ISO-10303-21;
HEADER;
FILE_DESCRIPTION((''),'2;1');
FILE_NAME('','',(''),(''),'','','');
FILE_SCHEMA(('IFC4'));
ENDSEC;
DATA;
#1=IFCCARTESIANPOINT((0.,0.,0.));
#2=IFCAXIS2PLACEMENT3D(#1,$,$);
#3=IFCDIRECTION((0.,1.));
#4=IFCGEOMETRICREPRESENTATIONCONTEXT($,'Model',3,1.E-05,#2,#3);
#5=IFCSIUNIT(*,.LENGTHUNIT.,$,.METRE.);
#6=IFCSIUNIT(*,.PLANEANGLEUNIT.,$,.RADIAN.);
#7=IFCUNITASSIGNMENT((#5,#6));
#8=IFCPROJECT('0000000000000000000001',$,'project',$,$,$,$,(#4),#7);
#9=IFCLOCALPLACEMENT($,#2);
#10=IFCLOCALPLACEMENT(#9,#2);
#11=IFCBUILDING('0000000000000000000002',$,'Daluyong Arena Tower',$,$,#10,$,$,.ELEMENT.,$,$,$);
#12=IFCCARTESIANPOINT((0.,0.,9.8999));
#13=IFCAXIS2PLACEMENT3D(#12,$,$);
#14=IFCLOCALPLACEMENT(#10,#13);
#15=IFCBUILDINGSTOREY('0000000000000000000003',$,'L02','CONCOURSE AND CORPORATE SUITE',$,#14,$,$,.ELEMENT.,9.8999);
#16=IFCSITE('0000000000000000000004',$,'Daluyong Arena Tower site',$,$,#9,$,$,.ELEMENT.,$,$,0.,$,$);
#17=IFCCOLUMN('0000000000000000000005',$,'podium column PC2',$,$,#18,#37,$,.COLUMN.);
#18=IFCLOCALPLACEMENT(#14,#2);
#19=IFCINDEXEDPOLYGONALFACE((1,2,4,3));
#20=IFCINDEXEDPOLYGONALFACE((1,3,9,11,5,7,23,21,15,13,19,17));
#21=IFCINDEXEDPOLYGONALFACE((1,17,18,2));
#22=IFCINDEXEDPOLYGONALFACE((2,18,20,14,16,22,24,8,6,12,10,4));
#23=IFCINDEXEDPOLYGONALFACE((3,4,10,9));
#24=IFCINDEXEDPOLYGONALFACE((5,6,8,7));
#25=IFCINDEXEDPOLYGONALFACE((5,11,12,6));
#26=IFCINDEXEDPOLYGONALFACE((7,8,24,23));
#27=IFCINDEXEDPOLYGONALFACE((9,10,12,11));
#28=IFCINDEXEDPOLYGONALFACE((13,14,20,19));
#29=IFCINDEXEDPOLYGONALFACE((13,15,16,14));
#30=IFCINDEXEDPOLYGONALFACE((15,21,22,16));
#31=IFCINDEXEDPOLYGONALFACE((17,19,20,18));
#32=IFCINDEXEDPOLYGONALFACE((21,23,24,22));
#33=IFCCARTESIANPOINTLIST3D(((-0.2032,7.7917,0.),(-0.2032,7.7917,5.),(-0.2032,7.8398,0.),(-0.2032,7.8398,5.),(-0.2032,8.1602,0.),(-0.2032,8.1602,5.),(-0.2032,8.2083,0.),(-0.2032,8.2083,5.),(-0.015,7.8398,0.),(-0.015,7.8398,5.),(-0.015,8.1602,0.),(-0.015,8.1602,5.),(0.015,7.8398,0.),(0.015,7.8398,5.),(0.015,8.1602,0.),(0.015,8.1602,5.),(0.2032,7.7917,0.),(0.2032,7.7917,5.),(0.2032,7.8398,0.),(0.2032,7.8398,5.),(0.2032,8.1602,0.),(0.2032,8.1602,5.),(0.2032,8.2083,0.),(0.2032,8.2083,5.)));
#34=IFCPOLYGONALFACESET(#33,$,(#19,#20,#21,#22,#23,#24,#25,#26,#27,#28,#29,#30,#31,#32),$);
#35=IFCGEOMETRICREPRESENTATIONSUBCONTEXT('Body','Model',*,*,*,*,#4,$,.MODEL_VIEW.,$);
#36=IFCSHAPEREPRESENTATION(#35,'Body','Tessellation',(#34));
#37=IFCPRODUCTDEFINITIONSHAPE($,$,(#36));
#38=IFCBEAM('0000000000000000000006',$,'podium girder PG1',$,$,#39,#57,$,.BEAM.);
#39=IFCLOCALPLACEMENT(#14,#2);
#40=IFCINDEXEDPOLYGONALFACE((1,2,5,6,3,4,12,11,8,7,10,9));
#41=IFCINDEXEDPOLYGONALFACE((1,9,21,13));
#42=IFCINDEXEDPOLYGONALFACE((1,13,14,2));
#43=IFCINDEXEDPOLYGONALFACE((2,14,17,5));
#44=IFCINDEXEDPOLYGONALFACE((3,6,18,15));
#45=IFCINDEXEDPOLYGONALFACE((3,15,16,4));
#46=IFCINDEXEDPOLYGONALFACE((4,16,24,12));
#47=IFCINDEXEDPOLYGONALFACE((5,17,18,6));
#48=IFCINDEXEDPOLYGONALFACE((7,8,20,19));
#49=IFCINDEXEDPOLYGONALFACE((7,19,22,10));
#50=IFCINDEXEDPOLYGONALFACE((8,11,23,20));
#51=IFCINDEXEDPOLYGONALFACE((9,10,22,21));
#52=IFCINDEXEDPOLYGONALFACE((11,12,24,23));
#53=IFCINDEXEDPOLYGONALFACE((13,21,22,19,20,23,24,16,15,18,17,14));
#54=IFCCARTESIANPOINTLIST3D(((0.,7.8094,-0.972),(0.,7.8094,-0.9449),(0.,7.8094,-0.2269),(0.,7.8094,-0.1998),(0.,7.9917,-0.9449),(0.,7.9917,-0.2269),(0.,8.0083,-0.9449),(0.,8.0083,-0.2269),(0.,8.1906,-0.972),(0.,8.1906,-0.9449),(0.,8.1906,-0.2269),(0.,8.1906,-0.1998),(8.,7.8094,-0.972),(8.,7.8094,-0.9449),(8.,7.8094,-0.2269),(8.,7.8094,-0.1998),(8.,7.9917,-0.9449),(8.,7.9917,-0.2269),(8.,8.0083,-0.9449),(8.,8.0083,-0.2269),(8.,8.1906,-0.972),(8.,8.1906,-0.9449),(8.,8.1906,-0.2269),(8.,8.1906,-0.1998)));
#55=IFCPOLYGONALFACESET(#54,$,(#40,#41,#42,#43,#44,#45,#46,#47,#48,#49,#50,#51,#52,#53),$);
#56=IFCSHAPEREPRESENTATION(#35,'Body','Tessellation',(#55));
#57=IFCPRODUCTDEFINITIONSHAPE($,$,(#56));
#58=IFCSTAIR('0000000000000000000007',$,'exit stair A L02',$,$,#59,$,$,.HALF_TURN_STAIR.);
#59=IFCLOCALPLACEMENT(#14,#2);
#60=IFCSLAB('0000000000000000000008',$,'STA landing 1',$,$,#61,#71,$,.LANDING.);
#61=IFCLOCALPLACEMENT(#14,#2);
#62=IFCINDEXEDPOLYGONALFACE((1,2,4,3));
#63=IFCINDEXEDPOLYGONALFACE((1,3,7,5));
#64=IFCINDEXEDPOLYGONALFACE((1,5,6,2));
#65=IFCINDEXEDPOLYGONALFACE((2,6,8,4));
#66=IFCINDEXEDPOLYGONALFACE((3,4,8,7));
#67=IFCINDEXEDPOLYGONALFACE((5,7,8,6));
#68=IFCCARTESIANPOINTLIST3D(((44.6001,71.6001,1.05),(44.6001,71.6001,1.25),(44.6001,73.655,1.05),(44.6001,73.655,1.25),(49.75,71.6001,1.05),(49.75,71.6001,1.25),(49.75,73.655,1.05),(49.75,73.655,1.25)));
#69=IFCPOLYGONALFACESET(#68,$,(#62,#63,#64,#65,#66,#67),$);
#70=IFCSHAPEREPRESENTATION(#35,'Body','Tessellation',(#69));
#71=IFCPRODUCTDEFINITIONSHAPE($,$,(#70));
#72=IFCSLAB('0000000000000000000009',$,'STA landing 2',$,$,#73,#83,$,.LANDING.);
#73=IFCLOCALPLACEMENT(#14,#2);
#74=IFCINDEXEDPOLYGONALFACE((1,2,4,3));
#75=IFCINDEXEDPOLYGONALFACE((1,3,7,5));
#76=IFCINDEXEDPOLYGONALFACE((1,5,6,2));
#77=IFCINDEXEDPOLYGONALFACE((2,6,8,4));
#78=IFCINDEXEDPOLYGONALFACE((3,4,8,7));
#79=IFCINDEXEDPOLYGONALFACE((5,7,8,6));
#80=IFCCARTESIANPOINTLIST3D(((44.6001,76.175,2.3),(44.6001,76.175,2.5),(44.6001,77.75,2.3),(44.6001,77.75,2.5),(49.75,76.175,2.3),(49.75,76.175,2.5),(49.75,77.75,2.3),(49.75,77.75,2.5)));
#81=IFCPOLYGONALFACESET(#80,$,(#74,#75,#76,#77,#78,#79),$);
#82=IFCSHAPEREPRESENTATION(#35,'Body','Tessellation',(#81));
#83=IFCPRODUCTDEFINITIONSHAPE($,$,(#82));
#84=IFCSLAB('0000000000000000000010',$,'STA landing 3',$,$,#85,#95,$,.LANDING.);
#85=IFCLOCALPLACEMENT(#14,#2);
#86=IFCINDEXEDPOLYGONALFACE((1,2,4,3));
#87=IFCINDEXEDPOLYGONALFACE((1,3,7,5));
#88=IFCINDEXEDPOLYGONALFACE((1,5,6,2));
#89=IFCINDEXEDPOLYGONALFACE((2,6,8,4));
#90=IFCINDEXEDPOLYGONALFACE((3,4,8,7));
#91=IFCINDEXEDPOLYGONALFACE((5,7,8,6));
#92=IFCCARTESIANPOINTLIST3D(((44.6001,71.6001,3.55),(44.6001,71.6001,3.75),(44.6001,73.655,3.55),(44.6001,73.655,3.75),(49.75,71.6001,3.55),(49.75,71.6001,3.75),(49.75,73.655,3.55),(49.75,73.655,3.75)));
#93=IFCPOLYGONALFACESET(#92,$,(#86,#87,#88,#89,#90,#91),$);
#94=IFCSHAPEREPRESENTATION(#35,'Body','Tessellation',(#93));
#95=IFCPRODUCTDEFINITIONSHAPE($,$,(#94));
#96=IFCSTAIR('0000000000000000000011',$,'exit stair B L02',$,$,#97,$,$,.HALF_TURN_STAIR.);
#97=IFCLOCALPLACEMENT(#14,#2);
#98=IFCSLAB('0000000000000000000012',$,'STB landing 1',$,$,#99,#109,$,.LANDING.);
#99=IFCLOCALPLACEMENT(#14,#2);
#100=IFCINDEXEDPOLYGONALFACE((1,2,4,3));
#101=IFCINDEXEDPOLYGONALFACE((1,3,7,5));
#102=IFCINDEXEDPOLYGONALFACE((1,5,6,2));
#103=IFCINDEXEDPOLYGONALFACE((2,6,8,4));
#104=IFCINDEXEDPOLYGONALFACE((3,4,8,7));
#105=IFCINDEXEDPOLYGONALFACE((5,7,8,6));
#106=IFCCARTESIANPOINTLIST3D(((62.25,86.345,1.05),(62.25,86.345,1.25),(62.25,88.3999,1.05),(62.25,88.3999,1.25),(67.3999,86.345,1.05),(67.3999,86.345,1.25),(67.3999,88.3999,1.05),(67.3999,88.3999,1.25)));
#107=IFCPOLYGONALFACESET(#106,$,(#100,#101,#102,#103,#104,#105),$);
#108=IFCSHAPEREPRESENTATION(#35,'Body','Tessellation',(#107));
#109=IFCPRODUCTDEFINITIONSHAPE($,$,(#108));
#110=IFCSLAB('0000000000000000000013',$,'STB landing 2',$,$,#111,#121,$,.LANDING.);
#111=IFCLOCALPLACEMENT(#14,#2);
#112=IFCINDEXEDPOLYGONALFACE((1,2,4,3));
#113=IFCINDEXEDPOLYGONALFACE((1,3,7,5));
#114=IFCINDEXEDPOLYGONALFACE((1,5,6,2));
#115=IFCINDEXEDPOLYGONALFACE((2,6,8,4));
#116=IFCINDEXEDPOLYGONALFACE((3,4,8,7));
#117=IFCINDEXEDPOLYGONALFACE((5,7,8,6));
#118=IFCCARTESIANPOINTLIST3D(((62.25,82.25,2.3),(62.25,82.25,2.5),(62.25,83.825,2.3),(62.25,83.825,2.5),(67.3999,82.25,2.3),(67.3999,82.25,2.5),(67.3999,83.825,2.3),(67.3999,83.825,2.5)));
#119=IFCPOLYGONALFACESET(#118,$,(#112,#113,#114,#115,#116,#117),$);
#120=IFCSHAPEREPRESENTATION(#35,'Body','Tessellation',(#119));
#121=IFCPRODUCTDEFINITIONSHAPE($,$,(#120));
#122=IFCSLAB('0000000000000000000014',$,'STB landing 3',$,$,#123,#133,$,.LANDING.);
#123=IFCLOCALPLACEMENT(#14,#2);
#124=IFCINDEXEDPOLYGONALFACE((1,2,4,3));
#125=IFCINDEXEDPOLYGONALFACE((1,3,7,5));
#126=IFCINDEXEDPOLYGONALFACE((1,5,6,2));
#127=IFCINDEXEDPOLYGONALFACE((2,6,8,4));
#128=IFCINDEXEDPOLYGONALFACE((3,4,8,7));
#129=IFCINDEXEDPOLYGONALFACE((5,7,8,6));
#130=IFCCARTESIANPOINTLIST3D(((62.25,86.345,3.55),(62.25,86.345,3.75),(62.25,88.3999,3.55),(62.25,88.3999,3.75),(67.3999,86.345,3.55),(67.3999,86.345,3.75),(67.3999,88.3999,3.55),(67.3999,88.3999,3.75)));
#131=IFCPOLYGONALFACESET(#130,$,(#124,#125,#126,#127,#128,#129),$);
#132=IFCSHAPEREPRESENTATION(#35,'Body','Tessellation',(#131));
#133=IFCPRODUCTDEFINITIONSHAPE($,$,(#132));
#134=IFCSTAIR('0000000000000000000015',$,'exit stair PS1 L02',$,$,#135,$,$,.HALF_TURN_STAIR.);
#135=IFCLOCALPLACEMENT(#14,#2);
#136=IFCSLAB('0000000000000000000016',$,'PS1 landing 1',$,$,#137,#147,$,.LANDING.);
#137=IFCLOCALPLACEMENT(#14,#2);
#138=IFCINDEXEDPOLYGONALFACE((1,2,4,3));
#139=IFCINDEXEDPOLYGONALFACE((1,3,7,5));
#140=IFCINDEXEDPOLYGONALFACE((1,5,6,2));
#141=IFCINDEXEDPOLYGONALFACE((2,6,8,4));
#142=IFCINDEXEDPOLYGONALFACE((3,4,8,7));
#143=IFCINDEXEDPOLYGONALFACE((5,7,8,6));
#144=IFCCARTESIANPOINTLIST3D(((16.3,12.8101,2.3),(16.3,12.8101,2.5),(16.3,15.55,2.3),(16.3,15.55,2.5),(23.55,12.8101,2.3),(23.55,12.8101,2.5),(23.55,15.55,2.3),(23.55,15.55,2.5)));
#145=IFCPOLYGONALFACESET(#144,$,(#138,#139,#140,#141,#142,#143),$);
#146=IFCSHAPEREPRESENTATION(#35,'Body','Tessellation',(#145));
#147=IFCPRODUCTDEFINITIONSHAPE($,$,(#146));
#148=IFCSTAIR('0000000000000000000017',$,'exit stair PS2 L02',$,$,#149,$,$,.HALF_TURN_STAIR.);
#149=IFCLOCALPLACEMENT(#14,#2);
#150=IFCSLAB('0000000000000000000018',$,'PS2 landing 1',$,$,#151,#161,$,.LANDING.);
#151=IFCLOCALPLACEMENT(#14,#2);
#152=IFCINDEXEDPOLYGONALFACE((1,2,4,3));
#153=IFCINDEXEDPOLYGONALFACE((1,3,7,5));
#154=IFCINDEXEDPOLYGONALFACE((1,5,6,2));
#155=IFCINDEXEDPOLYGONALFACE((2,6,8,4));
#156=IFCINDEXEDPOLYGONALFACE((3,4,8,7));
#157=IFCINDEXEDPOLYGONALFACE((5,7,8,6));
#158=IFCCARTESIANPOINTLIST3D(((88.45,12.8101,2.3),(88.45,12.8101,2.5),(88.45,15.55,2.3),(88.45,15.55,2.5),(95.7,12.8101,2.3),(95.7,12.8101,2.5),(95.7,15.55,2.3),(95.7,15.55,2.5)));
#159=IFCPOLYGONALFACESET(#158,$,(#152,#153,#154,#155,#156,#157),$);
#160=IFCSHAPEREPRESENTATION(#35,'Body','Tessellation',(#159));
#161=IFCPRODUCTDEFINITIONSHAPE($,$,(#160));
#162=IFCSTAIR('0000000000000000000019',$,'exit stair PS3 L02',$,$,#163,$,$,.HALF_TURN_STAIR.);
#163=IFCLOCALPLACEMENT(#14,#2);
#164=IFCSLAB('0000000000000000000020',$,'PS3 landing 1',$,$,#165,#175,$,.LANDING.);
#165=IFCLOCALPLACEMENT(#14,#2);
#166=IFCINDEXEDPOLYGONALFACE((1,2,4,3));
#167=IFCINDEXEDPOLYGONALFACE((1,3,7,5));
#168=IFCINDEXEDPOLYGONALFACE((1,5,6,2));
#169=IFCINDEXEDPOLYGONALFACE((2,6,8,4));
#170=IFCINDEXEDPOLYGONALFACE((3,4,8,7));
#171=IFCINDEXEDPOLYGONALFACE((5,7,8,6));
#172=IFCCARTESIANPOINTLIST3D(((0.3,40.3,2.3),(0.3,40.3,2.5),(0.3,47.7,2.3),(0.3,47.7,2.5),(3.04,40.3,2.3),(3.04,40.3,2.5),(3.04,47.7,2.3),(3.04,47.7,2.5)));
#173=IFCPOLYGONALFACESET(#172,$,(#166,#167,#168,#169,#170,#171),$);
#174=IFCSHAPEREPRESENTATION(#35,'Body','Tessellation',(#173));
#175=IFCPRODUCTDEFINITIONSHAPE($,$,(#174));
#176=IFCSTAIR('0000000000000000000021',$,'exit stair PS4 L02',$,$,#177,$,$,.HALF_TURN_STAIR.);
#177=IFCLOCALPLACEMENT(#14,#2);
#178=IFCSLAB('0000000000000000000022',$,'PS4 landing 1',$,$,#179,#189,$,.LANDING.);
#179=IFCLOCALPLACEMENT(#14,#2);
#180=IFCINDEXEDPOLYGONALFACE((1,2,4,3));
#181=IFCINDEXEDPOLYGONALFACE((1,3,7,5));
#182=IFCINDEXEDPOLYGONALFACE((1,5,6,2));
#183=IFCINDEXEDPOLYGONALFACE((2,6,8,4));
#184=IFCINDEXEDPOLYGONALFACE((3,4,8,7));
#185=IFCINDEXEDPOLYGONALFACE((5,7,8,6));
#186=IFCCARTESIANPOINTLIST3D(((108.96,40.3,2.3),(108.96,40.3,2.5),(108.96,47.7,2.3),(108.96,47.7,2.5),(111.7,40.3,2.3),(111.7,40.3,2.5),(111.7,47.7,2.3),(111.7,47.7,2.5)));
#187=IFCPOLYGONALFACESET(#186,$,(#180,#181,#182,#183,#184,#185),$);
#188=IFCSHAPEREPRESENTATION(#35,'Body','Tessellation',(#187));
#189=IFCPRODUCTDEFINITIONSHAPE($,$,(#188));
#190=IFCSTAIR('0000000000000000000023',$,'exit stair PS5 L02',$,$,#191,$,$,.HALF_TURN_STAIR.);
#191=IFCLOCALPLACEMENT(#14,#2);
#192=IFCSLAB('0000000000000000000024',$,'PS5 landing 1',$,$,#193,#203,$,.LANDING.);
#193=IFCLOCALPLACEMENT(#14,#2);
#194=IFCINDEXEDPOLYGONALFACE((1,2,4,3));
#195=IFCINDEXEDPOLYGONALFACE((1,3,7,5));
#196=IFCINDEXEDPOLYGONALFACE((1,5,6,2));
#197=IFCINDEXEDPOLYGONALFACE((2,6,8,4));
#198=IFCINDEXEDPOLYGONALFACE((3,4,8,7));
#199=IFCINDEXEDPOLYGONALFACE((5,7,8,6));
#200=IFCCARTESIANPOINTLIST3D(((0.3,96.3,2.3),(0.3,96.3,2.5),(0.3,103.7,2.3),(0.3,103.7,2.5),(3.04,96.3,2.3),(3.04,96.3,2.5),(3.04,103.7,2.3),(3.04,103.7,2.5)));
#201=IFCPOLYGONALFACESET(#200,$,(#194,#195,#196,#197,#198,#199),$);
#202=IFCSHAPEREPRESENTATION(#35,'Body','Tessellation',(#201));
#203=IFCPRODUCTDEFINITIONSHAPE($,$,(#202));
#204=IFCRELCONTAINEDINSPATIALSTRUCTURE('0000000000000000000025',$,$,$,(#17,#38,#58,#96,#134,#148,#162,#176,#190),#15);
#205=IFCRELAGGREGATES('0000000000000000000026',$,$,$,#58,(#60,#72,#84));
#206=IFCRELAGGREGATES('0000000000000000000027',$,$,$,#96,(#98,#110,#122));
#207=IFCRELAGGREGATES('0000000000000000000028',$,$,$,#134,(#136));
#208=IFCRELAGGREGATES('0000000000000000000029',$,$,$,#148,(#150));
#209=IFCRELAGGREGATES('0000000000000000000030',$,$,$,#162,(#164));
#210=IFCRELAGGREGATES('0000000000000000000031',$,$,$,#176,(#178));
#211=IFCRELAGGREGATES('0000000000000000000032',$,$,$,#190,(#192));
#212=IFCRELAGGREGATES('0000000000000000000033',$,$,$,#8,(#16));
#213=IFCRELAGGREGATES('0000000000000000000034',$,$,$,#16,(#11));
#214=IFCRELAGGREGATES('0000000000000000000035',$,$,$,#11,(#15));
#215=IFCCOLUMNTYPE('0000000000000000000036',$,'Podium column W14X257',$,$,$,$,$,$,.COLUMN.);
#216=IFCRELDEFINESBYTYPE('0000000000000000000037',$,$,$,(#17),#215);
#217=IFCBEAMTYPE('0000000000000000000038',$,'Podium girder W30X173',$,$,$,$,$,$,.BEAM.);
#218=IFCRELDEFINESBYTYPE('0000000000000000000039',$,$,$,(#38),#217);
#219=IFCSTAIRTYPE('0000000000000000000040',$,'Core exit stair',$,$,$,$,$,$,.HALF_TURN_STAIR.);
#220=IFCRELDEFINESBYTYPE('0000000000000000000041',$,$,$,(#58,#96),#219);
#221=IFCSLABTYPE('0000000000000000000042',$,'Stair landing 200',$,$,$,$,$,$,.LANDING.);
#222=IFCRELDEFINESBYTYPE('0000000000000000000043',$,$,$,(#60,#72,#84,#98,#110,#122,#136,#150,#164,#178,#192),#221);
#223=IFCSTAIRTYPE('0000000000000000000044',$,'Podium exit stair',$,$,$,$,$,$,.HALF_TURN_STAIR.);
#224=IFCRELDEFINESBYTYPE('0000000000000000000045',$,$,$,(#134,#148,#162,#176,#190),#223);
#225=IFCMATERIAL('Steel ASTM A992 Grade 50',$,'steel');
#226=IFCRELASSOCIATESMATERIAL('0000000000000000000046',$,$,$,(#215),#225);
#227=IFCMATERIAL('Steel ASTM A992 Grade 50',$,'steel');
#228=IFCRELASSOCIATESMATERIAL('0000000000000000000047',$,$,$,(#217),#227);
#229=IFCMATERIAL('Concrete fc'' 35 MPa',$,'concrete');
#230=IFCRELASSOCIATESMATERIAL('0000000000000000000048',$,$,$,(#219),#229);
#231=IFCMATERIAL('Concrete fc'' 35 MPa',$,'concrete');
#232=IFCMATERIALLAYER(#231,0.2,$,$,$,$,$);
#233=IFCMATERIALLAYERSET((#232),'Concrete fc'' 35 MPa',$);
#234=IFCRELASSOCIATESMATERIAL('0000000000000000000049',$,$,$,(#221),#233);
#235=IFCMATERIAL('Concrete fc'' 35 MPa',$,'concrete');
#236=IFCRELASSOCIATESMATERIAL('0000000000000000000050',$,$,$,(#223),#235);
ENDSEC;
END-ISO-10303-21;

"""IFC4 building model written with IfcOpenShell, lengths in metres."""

from ifc_helpers import new_model, si_unit, direction, frame, origin, origin_2d, place, context, subcontext, project, spatial, polyline, i_section, outline, extrude, material, layer, layer_set, material_profile, profile_set, type_object, element, aggregate, save


model = new_model("IFC4")

# Units and contexts
model_context = context("Model", 3, precision=1e-05, world=origin(), true_north=direction((0.0, 1.0)))
body_context = subcontext(model_context, "Body", "Model", "MODEL_VIEW")
ifc_project = project(units=[si_unit("LENGTHUNIT", "METRE"), si_unit("PLANEANGLEUNIT", "RADIAN")], contexts=[model_context])

# Site, building, storey
site_placement = place(None, origin())
site = spatial("IfcSite", under=ifc_project, at=site_placement, Name="Daluyong Arena Tower site", CompositionType="ELEMENT", RefElevation=0.0)
building_placement = place(site_placement, origin())
building = spatial("IfcBuilding", under=site, at=building_placement, Name="Daluyong Arena Tower", CompositionType="ELEMENT")
storey_placement = place(building_placement, frame((0.0, 0.0, 9.8999)))
storey = spatial("IfcBuildingStorey", under=building, at=storey_placement, Name="L02", Description="CONCOURSE AND CORPORATE SUITE", CompositionType="ELEMENT", Elevation=9.8999)

# Column
ifc_material_1 = material(Name="Steel ASTM A992 Grade 50", Category="steel")
ifc_material_profile_1 = material_profile(ifc_material_1, i_section(OverallWidth=0.4065, OverallDepth=0.4165, WebThickness=0.03, FlangeThickness=0.0481, at=origin_2d()))
ifc_profile_set_1 = profile_set([ifc_material_profile_1], Name="Steel ASTM A992 Grade 50")
column_type = type_object("IfcColumnType", Name="Podium column W14X257", PredefinedType="COLUMN", material=ifc_profile_set_1)
column_placement = place(storey_placement, frame((0.0, 8.0, 0.0), z_axis=(0.0, 0.0, 1.0), x_axis=(1.0, 0.0, 0.0)))
element("IfcColumn", 1, at=column_placement, inside=storey, type_object=column_type, Name="podium column PC2", PredefinedType="COLUMN", context=body_context, shape_type="SweptSolid", body=[
    extrude(i_section(OverallWidth=0.4065, OverallDepth=0.4165, WebThickness=0.03, FlangeThickness=0.0481, at=origin_2d()), origin(), (0.0, 0.0, 1.0), 5.0),
])

# Beam
ifc_material_2 = material(Name="Steel ASTM A992 Grade 50", Category="steel")
ifc_material_profile_2 = material_profile(ifc_material_2, i_section(OverallWidth=0.3811, OverallDepth=0.7722, WebThickness=0.0166, FlangeThickness=0.0271, at=origin_2d()))
ifc_profile_set_2 = profile_set([ifc_material_profile_2], Name="Steel ASTM A992 Grade 50")
beam_type = type_object("IfcBeamType", Name="Podium girder W30X173", PredefinedType="BEAM", material=ifc_profile_set_2)
beam_placement = place(storey_placement, frame((0.0, 8.0, -0.5859), z_axis=(1.0, 0.0, 0.0), x_axis=(0.0, 1.0, 0.0)))
element("IfcBeam", 2, at=beam_placement, inside=storey, type_object=beam_type, Name="podium girder PG1", PredefinedType="BEAM", context=body_context, shape_type="SweptSolid", body=[
    extrude(i_section(OverallWidth=0.3811, OverallDepth=0.7722, WebThickness=0.0166, FlangeThickness=0.0271, at=origin_2d()), origin(), (0.0, 0.0, 1.0), 8.0),
])

# Stairs, slabs
ifc_material_3 = material(Name="Concrete fc' 35 MPa", Category="concrete")
stair_type_1 = type_object("IfcStairType", Name="Core exit stair", PredefinedType="HALF_TURN_STAIR", material=ifc_material_3)
stair_1_placement = place(storey_placement, origin())
stair_1 = element("IfcStair", 3, at=stair_1_placement, inside=storey, type_object=stair_type_1, Name="exit stair A L02", PredefinedType="HALF_TURN_STAIR")
ifc_material_4 = material(Name="Concrete fc' 35 MPa", Category="concrete")
ifc_layer_1 = layer(ifc_material_4, 0.2)
ifc_layer_set_1 = layer_set([ifc_layer_1], Name="Concrete fc' 35 MPa")
slab_type = type_object("IfcSlabType", Name="Stair landing 200", PredefinedType="LANDING", material=ifc_layer_set_1)
slab_1_placement = place(storey_placement, frame((0.0, 0.0, 1.05)))
slab_1 = element("IfcSlab", 4, at=slab_1_placement, type_object=slab_type, Name="STA landing 1", PredefinedType="LANDING", context=body_context, shape_type="SweptSolid", body=[
    extrude(outline(polyline([(44.6001, 71.6001), (49.75, 71.6001), (49.75, 73.655), (44.6001, 73.655), (44.6001, 71.6001)])), origin(), (0.0, 0.0, 1.0), 0.2),
])
slab_2_placement = place(storey_placement, frame((0.0, 0.0, 2.3)))
slab_2 = element("IfcSlab", 5, at=slab_2_placement, type_object=slab_type, Name="STA landing 2", PredefinedType="LANDING", context=body_context, shape_type="SweptSolid", body=[
    extrude(outline(polyline([(44.6001, 76.175), (49.75, 76.175), (49.75, 77.75), (44.6001, 77.75), (44.6001, 76.175)])), origin(), (0.0, 0.0, 1.0), 0.2),
])
slab_3_placement = place(storey_placement, frame((0.0, 0.0, 3.55)))
slab_3 = element("IfcSlab", 6, at=slab_3_placement, type_object=slab_type, Name="STA landing 3", PredefinedType="LANDING", context=body_context, shape_type="SweptSolid", body=[
    extrude(outline(polyline([(44.6001, 71.6001), (49.75, 71.6001), (49.75, 73.655), (44.6001, 73.655), (44.6001, 71.6001)])), origin(), (0.0, 0.0, 1.0), 0.2),
])
aggregate(stair_1, [slab_1, slab_2, slab_3])
stair_2_placement = place(storey_placement, origin())
stair_2 = element("IfcStair", 7, at=stair_2_placement, inside=storey, type_object=stair_type_1, Name="exit stair B L02", PredefinedType="HALF_TURN_STAIR")
slab_4_placement = place(storey_placement, frame((0.0, 0.0, 1.05)))
slab_4 = element("IfcSlab", 8, at=slab_4_placement, type_object=slab_type, Name="STB landing 1", PredefinedType="LANDING", context=body_context, shape_type="SweptSolid", body=[
    extrude(outline(polyline([(62.25, 86.345), (67.3999, 86.345), (67.3999, 88.3999), (62.25, 88.3999), (62.25, 86.345)])), origin(), (0.0, 0.0, 1.0), 0.2),
])
slab_5_placement = place(storey_placement, frame((0.0, 0.0, 2.3)))
slab_5 = element("IfcSlab", 9, at=slab_5_placement, type_object=slab_type, Name="STB landing 2", PredefinedType="LANDING", context=body_context, shape_type="SweptSolid", body=[
    extrude(outline(polyline([(62.25, 82.25), (67.3999, 82.25), (67.3999, 83.825), (62.25, 83.825), (62.25, 82.25)])), origin(), (0.0, 0.0, 1.0), 0.2),
])
slab_6_placement = place(storey_placement, frame((0.0, 0.0, 3.55)))
slab_6 = element("IfcSlab", 10, at=slab_6_placement, type_object=slab_type, Name="STB landing 3", PredefinedType="LANDING", context=body_context, shape_type="SweptSolid", body=[
    extrude(outline(polyline([(62.25, 86.345), (67.3999, 86.345), (67.3999, 88.3999), (62.25, 88.3999), (62.25, 86.345)])), origin(), (0.0, 0.0, 1.0), 0.2),
])
aggregate(stair_2, [slab_4, slab_5, slab_6])

# Stairs, slabs
ifc_material_5 = material(Name="Concrete fc' 35 MPa", Category="concrete")
stair_type_2 = type_object("IfcStairType", Name="Podium exit stair", PredefinedType="HALF_TURN_STAIR", material=ifc_material_5)
stair_3_placement = place(storey_placement, origin())
stair_3 = element("IfcStair", 11, at=stair_3_placement, inside=storey, type_object=stair_type_2, Name="exit stair PS1 L02", PredefinedType="HALF_TURN_STAIR")
slab_7_placement = place(storey_placement, frame((0.0, 0.0, 2.3)))
slab_7 = element("IfcSlab", 12, at=slab_7_placement, type_object=slab_type, Name="PS1 landing 1", PredefinedType="LANDING", context=body_context, shape_type="SweptSolid", body=[
    extrude(outline(polyline([(16.3, 12.8101), (23.55, 12.8101), (23.55, 15.55), (16.3, 15.55), (16.3, 12.8101)])), origin(), (0.0, 0.0, 1.0), 0.2),
])
aggregate(stair_3, [slab_7])
stair_4_placement = place(storey_placement, origin())
stair_4 = element("IfcStair", 13, at=stair_4_placement, inside=storey, type_object=stair_type_2, Name="exit stair PS2 L02", PredefinedType="HALF_TURN_STAIR")
slab_8_placement = place(storey_placement, frame((0.0, 0.0, 2.3)))
slab_8 = element("IfcSlab", 14, at=slab_8_placement, type_object=slab_type, Name="PS2 landing 1", PredefinedType="LANDING", context=body_context, shape_type="SweptSolid", body=[
    extrude(outline(polyline([(88.45, 12.8101), (95.7, 12.8101), (95.7, 15.55), (88.45, 15.55), (88.45, 12.8101)])), origin(), (0.0, 0.0, 1.0), 0.2),
])
aggregate(stair_4, [slab_8])
stair_5_placement = place(storey_placement, origin())
stair_5 = element("IfcStair", 15, at=stair_5_placement, inside=storey, type_object=stair_type_2, Name="exit stair PS3 L02", PredefinedType="HALF_TURN_STAIR")
slab_9_placement = place(storey_placement, frame((0.0, 0.0, 2.3)))
slab_9 = element("IfcSlab", 16, at=slab_9_placement, type_object=slab_type, Name="PS3 landing 1", PredefinedType="LANDING", context=body_context, shape_type="SweptSolid", body=[
    extrude(outline(polyline([(3.04, 40.3), (3.04, 47.7), (0.3, 47.7), (0.3, 40.3), (3.04, 40.3)])), origin(), (0.0, 0.0, 1.0), 0.2),
])
aggregate(stair_5, [slab_9])
stair_6_placement = place(storey_placement, origin())
stair_6 = element("IfcStair", 17, at=stair_6_placement, inside=storey, type_object=stair_type_2, Name="exit stair PS4 L02", PredefinedType="HALF_TURN_STAIR")
slab_10_placement = place(storey_placement, frame((0.0, 0.0, 2.3)))
slab_10 = element("IfcSlab", 18, at=slab_10_placement, type_object=slab_type, Name="PS4 landing 1", PredefinedType="LANDING", context=body_context, shape_type="SweptSolid", body=[
    extrude(outline(polyline([(111.7, 40.3), (111.7, 47.7), (108.96, 47.7), (108.96, 40.3), (111.7, 40.3)])), origin(), (0.0, 0.0, 1.0), 0.2),
])
aggregate(stair_6, [slab_10])
stair_7_placement = place(storey_placement, origin())
stair_7 = element("IfcStair", 19, at=stair_7_placement, inside=storey, type_object=stair_type_2, Name="exit stair PS5 L02", PredefinedType="HALF_TURN_STAIR")
slab_11_placement = place(storey_placement, frame((0.0, 0.0, 2.3)))
slab_11 = element("IfcSlab", 20, at=slab_11_placement, type_object=slab_type, Name="PS5 landing 1", PredefinedType="LANDING", context=body_context, shape_type="SweptSolid", body=[
    extrude(outline(polyline([(3.04, 96.3), (3.04, 103.7), (0.3, 103.7), (0.3, 96.3), (3.04, 96.3)])), origin(), (0.0, 0.0, 1.0), 0.2),
])
aggregate(stair_7, [slab_11])

save(model, "model.ifc")
